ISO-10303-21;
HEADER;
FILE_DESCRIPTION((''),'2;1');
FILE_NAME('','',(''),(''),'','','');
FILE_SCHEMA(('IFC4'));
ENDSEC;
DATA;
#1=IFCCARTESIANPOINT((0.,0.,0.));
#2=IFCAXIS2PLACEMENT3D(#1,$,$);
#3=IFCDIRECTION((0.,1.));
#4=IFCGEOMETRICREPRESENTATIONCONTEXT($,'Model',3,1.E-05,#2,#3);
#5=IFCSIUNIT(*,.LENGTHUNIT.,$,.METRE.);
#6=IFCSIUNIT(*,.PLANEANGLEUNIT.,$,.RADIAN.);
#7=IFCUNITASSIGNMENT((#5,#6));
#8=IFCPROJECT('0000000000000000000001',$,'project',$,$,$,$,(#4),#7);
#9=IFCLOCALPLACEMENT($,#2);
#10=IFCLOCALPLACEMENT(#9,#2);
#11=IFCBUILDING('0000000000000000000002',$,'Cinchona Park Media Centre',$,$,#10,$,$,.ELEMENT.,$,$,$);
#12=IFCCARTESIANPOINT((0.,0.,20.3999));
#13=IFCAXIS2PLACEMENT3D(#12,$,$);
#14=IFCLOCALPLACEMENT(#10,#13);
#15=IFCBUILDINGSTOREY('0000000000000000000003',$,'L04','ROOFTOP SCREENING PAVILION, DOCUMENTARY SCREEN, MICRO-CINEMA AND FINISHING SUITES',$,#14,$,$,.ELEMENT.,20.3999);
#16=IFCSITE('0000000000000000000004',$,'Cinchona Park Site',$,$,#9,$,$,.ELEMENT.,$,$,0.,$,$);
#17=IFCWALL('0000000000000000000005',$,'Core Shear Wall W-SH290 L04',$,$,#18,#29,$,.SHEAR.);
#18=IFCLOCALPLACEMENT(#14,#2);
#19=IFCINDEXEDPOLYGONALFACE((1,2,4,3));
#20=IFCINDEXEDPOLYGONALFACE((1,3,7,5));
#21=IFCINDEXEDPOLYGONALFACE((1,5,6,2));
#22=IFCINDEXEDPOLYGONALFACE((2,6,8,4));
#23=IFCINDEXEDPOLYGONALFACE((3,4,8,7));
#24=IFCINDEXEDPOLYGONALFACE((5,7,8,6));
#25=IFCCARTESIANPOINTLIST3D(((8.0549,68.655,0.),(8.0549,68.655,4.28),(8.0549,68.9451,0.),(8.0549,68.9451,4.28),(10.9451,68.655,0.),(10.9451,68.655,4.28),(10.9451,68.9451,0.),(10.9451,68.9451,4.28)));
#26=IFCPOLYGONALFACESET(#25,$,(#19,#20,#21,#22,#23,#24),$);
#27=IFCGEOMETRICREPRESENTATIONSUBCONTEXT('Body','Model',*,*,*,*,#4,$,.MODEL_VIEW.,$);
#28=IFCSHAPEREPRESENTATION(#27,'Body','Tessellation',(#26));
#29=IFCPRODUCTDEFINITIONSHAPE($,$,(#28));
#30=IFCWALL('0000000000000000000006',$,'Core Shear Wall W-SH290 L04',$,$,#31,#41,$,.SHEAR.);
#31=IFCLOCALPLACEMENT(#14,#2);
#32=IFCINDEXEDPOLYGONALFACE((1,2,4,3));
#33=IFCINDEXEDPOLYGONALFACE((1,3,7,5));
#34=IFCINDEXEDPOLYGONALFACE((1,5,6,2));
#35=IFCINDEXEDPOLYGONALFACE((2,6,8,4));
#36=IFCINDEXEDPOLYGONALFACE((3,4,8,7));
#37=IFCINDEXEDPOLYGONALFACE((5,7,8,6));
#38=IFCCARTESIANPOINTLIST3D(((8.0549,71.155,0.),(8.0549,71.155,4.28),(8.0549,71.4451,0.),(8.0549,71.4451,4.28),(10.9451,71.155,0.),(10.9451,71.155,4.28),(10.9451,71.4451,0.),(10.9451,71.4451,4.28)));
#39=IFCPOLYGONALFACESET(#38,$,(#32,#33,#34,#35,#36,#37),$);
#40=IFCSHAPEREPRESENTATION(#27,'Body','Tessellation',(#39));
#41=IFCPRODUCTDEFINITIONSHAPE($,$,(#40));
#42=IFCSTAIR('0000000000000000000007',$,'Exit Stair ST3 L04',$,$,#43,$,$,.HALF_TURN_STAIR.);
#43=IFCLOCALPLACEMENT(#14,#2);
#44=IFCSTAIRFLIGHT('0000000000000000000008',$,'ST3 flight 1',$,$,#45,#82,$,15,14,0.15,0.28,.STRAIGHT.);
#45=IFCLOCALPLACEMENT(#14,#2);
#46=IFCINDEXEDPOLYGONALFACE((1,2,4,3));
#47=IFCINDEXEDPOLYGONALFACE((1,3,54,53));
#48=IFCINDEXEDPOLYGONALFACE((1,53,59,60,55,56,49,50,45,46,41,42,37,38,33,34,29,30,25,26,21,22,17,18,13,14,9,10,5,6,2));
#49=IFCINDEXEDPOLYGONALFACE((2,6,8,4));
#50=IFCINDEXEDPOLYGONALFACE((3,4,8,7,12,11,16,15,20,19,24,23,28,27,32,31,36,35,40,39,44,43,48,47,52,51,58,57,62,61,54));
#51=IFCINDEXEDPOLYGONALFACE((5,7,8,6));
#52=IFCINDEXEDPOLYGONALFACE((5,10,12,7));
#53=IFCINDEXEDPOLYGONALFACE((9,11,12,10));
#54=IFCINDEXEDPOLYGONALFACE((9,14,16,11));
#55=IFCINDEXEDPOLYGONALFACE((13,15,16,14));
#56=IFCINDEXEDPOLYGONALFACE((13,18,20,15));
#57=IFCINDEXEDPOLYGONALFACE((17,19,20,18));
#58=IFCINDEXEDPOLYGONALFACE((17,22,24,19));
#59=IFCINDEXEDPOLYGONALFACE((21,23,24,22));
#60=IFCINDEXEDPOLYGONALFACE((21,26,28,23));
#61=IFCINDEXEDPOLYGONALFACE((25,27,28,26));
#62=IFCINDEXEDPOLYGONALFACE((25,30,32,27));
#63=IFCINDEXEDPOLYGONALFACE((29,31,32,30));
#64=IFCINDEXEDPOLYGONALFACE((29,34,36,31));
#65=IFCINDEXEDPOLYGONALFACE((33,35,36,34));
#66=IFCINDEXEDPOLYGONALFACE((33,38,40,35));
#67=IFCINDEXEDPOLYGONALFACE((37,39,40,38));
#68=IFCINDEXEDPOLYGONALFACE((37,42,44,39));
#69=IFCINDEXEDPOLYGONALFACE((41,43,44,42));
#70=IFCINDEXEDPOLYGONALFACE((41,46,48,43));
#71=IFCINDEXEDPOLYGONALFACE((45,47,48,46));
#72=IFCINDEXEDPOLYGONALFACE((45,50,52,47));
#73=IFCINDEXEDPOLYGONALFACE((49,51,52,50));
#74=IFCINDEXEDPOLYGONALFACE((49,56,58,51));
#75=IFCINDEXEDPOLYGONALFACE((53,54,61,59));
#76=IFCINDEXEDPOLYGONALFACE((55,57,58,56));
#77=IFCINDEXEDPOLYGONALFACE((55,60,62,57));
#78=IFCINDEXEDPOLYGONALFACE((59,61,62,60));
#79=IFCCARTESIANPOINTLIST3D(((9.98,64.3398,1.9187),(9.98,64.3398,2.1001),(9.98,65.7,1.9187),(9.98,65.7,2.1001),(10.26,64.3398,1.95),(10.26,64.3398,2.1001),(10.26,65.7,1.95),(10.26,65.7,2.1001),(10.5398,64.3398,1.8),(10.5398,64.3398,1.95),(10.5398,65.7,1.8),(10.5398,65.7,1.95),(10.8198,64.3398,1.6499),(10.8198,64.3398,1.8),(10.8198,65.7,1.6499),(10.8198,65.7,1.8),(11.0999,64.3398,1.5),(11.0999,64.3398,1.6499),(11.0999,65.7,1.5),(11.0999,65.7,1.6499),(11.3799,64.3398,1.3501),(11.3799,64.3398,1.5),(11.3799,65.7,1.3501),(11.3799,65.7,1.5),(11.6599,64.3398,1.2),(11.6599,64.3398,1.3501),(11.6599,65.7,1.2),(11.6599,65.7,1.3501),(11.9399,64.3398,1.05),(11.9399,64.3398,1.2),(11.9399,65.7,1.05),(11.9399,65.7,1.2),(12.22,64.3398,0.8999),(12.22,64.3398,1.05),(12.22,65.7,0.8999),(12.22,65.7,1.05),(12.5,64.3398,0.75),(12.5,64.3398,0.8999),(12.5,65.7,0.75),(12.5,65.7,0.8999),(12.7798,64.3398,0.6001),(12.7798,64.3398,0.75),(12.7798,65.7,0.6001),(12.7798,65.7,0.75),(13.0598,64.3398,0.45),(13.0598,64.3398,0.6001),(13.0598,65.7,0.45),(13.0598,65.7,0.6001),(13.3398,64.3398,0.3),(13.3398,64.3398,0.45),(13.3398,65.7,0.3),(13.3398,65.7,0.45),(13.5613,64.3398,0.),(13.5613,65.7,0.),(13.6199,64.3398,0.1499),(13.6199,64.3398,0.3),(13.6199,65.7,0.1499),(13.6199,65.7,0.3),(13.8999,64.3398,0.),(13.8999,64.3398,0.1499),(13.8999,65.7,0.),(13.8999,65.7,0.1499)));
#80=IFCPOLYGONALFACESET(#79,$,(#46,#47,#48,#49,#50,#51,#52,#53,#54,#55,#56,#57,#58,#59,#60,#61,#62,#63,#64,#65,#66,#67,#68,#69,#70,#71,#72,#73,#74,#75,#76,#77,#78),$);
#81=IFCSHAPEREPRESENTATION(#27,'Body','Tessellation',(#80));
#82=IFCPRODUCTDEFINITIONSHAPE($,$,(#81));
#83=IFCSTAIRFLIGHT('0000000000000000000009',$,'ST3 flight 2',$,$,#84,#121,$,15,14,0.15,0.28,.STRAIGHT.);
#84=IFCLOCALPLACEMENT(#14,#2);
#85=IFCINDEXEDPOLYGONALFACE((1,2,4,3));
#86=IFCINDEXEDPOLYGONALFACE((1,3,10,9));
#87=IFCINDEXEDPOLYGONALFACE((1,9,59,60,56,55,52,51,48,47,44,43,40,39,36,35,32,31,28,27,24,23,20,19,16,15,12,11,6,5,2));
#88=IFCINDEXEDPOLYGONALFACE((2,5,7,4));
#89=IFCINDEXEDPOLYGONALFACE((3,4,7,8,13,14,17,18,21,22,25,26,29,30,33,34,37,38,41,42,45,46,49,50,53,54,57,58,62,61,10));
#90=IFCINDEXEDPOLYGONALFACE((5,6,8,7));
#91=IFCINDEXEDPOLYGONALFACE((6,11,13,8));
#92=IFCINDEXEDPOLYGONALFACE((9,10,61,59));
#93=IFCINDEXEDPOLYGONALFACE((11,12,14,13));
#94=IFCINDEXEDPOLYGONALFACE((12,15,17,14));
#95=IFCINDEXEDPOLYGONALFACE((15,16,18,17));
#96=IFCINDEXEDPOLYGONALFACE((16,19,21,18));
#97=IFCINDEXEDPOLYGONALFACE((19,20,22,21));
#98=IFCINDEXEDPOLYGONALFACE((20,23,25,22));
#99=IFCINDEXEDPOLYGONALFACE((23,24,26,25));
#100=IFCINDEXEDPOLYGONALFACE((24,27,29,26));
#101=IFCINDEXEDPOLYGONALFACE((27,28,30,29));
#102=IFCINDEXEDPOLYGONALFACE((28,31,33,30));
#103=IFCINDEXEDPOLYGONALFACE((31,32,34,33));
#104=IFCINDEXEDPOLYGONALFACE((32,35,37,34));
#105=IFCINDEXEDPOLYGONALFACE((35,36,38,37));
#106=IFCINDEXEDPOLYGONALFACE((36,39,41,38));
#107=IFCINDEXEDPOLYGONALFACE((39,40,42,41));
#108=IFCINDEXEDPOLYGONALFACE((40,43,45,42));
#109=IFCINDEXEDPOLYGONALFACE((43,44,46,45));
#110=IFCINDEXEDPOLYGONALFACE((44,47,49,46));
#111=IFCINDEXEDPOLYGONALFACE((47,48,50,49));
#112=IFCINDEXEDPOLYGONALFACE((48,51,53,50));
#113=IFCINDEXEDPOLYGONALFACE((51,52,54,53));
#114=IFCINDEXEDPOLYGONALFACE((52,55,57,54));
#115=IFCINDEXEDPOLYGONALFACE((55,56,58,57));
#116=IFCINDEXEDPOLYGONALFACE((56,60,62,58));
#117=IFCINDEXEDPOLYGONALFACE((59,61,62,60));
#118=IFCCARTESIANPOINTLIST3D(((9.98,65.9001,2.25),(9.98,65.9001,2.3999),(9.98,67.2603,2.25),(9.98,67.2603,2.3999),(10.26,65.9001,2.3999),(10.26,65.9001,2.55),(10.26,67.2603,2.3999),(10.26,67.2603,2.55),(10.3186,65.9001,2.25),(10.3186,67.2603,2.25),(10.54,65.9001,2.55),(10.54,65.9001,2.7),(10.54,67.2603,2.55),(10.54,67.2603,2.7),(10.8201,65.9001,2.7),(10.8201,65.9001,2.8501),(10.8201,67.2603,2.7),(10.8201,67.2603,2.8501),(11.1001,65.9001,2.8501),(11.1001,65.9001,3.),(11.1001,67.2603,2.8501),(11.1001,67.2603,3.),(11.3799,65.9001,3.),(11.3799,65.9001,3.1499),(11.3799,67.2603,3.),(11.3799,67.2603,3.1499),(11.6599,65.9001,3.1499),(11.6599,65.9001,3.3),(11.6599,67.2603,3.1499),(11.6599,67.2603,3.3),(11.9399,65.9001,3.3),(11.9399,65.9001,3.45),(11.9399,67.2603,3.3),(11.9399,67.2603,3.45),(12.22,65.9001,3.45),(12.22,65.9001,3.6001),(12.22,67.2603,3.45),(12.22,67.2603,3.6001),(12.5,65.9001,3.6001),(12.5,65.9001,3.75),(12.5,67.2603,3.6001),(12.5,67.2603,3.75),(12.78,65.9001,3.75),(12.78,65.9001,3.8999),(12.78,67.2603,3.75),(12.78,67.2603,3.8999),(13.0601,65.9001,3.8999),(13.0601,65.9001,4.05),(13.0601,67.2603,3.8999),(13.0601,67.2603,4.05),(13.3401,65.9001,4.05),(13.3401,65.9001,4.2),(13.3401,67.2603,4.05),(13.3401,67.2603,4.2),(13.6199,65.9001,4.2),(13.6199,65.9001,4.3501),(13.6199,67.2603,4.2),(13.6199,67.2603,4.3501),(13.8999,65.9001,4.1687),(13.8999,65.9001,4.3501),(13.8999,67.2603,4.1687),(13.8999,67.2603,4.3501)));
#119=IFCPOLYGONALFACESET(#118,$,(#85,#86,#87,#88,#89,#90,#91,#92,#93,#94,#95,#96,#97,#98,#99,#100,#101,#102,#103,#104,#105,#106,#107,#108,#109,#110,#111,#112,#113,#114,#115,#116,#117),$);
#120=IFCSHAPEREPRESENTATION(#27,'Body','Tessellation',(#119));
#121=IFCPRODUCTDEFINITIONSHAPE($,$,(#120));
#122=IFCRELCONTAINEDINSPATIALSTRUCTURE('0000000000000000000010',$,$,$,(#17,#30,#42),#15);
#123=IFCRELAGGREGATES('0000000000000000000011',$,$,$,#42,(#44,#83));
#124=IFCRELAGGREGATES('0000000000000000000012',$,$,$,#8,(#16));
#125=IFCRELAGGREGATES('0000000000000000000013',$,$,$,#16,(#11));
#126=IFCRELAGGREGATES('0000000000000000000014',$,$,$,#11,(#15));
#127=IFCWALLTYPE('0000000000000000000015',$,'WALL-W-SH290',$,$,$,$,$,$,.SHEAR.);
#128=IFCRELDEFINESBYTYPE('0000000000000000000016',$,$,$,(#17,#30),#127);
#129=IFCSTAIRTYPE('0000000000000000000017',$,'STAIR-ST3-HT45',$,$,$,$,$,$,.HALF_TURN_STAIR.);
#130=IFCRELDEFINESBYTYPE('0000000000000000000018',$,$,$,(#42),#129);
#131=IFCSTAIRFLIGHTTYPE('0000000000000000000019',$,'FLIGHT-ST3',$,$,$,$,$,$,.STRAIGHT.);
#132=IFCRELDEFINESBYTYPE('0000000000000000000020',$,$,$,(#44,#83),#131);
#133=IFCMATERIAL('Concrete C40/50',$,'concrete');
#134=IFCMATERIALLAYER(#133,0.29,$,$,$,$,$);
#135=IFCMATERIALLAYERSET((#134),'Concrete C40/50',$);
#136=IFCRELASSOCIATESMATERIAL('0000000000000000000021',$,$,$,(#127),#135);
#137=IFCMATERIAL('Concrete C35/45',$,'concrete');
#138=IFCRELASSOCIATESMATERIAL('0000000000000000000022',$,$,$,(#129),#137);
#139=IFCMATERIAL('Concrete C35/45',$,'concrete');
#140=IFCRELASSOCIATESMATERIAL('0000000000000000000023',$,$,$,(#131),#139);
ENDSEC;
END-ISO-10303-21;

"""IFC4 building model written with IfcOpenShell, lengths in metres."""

from ifc_helpers import new_model, si_unit, direction, frame, frame_2d, origin, place, context, subcontext, project, spatial, polyline, rectangle, outline, extrude, material, layer, layer_set, type_object, element, aggregate, save


model = new_model("IFC4")

# Units and contexts
model_context = context("Model", 3, precision=1e-05, world=origin(), true_north=direction((0.0, 1.0)))
body_context = subcontext(model_context, "Body", "Model", "MODEL_VIEW")
ifc_project = project(units=[si_unit("LENGTHUNIT", "METRE"), si_unit("PLANEANGLEUNIT", "RADIAN")], contexts=[model_context])

# Site, building, storey
site_placement = place(None, origin())
site = spatial("IfcSite", under=ifc_project, at=site_placement, Name="Cinchona Park Site", CompositionType="ELEMENT", RefElevation=0.0)
building_placement = place(site_placement, origin())
building = spatial("IfcBuilding", under=site, at=building_placement, Name="Cinchona Park Media Centre", CompositionType="ELEMENT")
storey_placement = place(building_placement, frame((0.0, 0.0, 20.3999)))
storey = spatial("IfcBuildingStorey", under=building, at=storey_placement, Name="L04", Description="ROOFTOP SCREENING PAVILION, DOCUMENTARY SCREEN, MICRO-CINEMA AND FINISHING SUITES", CompositionType="ELEMENT", Elevation=20.3999)

# Walls
ifc_material_1 = material(Name="Concrete C40/50", Category="concrete")
ifc_layer_1 = layer(ifc_material_1, 0.29)
ifc_layer_set_1 = layer_set([ifc_layer_1], Name="Concrete C40/50")
wall_type_1 = type_object("IfcWallType", Name="WALL-W-SH290", PredefinedType="SHEAR", material=ifc_layer_set_1)
for number, where, z_axis, x_axis, name in (
    (1, (8.0549, 68.8, 0.0), (0.0, 0.0, 1.0), (1.0, 0.0, 0.0), "Core Shear Wall W-SH290 L04"),
    (2, (8.0549, 71.3, 0.0), (0.0, 0.0, 1.0), (1.0, 0.0, 0.0), "Core Shear Wall W-SH290 L04"),
):
    element("IfcWall", number, at=place(storey_placement, frame(where, z_axis=z_axis, x_axis=x_axis)), inside=storey, type_object=wall_type_1, Name=name, PredefinedType="SHEAR", context=body_context, shape_type="SweptSolid", body=[
        extrude(rectangle(XDim=2.8901, YDim=0.29, at=frame_2d((1.4451, 0.0))), origin(), (0.0, 0.0, 1.0), 4.28),
    ])

# Stair, stair flights
ifc_material_2 = material(Name="Concrete C35/45", Category="concrete")
stair_type = type_object("IfcStairType", Name="STAIR-ST3-HT45", PredefinedType="HALF_TURN_STAIR", material=ifc_material_2)
stair_placement = place(storey_placement, origin())
stair = element("IfcStair", 3, at=stair_placement, inside=storey, type_object=stair_type, Name="Exit Stair ST3 L04", PredefinedType="HALF_TURN_STAIR")
ifc_material_3 = material(Name="Concrete C35/45", Category="concrete")
stair_flight_type = type_object("IfcStairFlightType", Name="FLIGHT-ST3", PredefinedType="STRAIGHT", material=ifc_material_3)
stair_flight_1_placement = place(storey_placement, frame((13.8999, 65.02, 0.0), z_axis=(0.0, 0.0, 1.0), x_axis=(-1.0, 0.0, 0.0)))
stair_flight_1 = element("IfcStairFlight", 4, at=stair_flight_1_placement, type_object=stair_flight_type, Name="ST3 flight 1", NumberOfRisers=15, NumberOfTreads=14, PredefinedType="STRAIGHT", RiserHeight=0.15, TreadLength=0.28, context=body_context, shape_type="SweptSolid", body=[
    extrude(outline(polyline([(0.0, 0.0), (0.0, 0.1499), (0.28, 0.1499), (0.28, 0.3), (0.5601, 0.3), (0.5601, 0.45), (0.8401, 0.45), (0.8401, 0.6001), (1.1201, 0.6001), (1.1201, 0.75), (1.3999, 0.75), (1.3999, 0.8999), (1.6799, 0.8999), (1.6799, 1.05), (1.96, 1.05), (1.96, 1.2), (2.24, 1.2), (2.24, 1.3501), (2.52, 1.3501), (2.52, 1.5), (2.8, 1.5), (2.8, 1.6499), (3.0801, 1.6499), (3.0801, 1.8), (3.3601, 1.8), (3.3601, 1.95), (3.6399, 1.95), (3.6399, 2.1001), (3.9199, 2.1001), (3.9199, 2.25), (3.9199, 1.9187), (0.3386, 0.0), (0.0, 0.0)])), frame((0.0, 0.6802, 0.0), z_axis=(0.0, -1.0, 0.0), x_axis=(1.0, 0.0, 0.0)), (0.0, 0.0, 1.0), 1.3601),
])
stair_flight_2_placement = place(storey_placement, frame((9.98, 66.5801, 2.25), z_axis=(0.0, 0.0, 1.0), x_axis=(1.0, 0.0, 0.0)))
stair_flight_2 = element("IfcStairFlight", 5, at=stair_flight_2_placement, type_object=stair_flight_type, Name="ST3 flight 2", NumberOfRisers=15, NumberOfTreads=14, PredefinedType="STRAIGHT", RiserHeight=0.15, TreadLength=0.28, context=body_context, shape_type="SweptSolid", body=[
    extrude(outline(polyline([(0.0, 0.0), (0.0, 0.1499), (0.28, 0.1499), (0.28, 0.3), (0.5601, 0.3), (0.5601, 0.45), (0.8401, 0.45), (0.8401, 0.6001), (1.1201, 0.6001), (1.1201, 0.75), (1.3999, 0.75), (1.3999, 0.8999), (1.6799, 0.8999), (1.6799, 1.05), (1.96, 1.05), (1.96, 1.2), (2.24, 1.2), (2.24, 1.3501), (2.52, 1.3501), (2.52, 1.5), (2.8, 1.5), (2.8, 1.6499), (3.0801, 1.6499), (3.0801, 1.8), (3.3601, 1.8), (3.3601, 1.95), (3.6399, 1.95), (3.6399, 2.1001), (3.9199, 2.1001), (3.9199, 2.25), (3.9199, 1.9187), (0.3386, 0.0), (0.0, 0.0)])), frame((0.0, 0.6802, 0.0), z_axis=(0.0, -1.0, 0.0), x_axis=(1.0, 0.0, 0.0)), (0.0, 0.0, 1.0), 1.3601),
])
aggregate(stair, [stair_flight_1, stair_flight_2])

save(model, "model.ifc")
